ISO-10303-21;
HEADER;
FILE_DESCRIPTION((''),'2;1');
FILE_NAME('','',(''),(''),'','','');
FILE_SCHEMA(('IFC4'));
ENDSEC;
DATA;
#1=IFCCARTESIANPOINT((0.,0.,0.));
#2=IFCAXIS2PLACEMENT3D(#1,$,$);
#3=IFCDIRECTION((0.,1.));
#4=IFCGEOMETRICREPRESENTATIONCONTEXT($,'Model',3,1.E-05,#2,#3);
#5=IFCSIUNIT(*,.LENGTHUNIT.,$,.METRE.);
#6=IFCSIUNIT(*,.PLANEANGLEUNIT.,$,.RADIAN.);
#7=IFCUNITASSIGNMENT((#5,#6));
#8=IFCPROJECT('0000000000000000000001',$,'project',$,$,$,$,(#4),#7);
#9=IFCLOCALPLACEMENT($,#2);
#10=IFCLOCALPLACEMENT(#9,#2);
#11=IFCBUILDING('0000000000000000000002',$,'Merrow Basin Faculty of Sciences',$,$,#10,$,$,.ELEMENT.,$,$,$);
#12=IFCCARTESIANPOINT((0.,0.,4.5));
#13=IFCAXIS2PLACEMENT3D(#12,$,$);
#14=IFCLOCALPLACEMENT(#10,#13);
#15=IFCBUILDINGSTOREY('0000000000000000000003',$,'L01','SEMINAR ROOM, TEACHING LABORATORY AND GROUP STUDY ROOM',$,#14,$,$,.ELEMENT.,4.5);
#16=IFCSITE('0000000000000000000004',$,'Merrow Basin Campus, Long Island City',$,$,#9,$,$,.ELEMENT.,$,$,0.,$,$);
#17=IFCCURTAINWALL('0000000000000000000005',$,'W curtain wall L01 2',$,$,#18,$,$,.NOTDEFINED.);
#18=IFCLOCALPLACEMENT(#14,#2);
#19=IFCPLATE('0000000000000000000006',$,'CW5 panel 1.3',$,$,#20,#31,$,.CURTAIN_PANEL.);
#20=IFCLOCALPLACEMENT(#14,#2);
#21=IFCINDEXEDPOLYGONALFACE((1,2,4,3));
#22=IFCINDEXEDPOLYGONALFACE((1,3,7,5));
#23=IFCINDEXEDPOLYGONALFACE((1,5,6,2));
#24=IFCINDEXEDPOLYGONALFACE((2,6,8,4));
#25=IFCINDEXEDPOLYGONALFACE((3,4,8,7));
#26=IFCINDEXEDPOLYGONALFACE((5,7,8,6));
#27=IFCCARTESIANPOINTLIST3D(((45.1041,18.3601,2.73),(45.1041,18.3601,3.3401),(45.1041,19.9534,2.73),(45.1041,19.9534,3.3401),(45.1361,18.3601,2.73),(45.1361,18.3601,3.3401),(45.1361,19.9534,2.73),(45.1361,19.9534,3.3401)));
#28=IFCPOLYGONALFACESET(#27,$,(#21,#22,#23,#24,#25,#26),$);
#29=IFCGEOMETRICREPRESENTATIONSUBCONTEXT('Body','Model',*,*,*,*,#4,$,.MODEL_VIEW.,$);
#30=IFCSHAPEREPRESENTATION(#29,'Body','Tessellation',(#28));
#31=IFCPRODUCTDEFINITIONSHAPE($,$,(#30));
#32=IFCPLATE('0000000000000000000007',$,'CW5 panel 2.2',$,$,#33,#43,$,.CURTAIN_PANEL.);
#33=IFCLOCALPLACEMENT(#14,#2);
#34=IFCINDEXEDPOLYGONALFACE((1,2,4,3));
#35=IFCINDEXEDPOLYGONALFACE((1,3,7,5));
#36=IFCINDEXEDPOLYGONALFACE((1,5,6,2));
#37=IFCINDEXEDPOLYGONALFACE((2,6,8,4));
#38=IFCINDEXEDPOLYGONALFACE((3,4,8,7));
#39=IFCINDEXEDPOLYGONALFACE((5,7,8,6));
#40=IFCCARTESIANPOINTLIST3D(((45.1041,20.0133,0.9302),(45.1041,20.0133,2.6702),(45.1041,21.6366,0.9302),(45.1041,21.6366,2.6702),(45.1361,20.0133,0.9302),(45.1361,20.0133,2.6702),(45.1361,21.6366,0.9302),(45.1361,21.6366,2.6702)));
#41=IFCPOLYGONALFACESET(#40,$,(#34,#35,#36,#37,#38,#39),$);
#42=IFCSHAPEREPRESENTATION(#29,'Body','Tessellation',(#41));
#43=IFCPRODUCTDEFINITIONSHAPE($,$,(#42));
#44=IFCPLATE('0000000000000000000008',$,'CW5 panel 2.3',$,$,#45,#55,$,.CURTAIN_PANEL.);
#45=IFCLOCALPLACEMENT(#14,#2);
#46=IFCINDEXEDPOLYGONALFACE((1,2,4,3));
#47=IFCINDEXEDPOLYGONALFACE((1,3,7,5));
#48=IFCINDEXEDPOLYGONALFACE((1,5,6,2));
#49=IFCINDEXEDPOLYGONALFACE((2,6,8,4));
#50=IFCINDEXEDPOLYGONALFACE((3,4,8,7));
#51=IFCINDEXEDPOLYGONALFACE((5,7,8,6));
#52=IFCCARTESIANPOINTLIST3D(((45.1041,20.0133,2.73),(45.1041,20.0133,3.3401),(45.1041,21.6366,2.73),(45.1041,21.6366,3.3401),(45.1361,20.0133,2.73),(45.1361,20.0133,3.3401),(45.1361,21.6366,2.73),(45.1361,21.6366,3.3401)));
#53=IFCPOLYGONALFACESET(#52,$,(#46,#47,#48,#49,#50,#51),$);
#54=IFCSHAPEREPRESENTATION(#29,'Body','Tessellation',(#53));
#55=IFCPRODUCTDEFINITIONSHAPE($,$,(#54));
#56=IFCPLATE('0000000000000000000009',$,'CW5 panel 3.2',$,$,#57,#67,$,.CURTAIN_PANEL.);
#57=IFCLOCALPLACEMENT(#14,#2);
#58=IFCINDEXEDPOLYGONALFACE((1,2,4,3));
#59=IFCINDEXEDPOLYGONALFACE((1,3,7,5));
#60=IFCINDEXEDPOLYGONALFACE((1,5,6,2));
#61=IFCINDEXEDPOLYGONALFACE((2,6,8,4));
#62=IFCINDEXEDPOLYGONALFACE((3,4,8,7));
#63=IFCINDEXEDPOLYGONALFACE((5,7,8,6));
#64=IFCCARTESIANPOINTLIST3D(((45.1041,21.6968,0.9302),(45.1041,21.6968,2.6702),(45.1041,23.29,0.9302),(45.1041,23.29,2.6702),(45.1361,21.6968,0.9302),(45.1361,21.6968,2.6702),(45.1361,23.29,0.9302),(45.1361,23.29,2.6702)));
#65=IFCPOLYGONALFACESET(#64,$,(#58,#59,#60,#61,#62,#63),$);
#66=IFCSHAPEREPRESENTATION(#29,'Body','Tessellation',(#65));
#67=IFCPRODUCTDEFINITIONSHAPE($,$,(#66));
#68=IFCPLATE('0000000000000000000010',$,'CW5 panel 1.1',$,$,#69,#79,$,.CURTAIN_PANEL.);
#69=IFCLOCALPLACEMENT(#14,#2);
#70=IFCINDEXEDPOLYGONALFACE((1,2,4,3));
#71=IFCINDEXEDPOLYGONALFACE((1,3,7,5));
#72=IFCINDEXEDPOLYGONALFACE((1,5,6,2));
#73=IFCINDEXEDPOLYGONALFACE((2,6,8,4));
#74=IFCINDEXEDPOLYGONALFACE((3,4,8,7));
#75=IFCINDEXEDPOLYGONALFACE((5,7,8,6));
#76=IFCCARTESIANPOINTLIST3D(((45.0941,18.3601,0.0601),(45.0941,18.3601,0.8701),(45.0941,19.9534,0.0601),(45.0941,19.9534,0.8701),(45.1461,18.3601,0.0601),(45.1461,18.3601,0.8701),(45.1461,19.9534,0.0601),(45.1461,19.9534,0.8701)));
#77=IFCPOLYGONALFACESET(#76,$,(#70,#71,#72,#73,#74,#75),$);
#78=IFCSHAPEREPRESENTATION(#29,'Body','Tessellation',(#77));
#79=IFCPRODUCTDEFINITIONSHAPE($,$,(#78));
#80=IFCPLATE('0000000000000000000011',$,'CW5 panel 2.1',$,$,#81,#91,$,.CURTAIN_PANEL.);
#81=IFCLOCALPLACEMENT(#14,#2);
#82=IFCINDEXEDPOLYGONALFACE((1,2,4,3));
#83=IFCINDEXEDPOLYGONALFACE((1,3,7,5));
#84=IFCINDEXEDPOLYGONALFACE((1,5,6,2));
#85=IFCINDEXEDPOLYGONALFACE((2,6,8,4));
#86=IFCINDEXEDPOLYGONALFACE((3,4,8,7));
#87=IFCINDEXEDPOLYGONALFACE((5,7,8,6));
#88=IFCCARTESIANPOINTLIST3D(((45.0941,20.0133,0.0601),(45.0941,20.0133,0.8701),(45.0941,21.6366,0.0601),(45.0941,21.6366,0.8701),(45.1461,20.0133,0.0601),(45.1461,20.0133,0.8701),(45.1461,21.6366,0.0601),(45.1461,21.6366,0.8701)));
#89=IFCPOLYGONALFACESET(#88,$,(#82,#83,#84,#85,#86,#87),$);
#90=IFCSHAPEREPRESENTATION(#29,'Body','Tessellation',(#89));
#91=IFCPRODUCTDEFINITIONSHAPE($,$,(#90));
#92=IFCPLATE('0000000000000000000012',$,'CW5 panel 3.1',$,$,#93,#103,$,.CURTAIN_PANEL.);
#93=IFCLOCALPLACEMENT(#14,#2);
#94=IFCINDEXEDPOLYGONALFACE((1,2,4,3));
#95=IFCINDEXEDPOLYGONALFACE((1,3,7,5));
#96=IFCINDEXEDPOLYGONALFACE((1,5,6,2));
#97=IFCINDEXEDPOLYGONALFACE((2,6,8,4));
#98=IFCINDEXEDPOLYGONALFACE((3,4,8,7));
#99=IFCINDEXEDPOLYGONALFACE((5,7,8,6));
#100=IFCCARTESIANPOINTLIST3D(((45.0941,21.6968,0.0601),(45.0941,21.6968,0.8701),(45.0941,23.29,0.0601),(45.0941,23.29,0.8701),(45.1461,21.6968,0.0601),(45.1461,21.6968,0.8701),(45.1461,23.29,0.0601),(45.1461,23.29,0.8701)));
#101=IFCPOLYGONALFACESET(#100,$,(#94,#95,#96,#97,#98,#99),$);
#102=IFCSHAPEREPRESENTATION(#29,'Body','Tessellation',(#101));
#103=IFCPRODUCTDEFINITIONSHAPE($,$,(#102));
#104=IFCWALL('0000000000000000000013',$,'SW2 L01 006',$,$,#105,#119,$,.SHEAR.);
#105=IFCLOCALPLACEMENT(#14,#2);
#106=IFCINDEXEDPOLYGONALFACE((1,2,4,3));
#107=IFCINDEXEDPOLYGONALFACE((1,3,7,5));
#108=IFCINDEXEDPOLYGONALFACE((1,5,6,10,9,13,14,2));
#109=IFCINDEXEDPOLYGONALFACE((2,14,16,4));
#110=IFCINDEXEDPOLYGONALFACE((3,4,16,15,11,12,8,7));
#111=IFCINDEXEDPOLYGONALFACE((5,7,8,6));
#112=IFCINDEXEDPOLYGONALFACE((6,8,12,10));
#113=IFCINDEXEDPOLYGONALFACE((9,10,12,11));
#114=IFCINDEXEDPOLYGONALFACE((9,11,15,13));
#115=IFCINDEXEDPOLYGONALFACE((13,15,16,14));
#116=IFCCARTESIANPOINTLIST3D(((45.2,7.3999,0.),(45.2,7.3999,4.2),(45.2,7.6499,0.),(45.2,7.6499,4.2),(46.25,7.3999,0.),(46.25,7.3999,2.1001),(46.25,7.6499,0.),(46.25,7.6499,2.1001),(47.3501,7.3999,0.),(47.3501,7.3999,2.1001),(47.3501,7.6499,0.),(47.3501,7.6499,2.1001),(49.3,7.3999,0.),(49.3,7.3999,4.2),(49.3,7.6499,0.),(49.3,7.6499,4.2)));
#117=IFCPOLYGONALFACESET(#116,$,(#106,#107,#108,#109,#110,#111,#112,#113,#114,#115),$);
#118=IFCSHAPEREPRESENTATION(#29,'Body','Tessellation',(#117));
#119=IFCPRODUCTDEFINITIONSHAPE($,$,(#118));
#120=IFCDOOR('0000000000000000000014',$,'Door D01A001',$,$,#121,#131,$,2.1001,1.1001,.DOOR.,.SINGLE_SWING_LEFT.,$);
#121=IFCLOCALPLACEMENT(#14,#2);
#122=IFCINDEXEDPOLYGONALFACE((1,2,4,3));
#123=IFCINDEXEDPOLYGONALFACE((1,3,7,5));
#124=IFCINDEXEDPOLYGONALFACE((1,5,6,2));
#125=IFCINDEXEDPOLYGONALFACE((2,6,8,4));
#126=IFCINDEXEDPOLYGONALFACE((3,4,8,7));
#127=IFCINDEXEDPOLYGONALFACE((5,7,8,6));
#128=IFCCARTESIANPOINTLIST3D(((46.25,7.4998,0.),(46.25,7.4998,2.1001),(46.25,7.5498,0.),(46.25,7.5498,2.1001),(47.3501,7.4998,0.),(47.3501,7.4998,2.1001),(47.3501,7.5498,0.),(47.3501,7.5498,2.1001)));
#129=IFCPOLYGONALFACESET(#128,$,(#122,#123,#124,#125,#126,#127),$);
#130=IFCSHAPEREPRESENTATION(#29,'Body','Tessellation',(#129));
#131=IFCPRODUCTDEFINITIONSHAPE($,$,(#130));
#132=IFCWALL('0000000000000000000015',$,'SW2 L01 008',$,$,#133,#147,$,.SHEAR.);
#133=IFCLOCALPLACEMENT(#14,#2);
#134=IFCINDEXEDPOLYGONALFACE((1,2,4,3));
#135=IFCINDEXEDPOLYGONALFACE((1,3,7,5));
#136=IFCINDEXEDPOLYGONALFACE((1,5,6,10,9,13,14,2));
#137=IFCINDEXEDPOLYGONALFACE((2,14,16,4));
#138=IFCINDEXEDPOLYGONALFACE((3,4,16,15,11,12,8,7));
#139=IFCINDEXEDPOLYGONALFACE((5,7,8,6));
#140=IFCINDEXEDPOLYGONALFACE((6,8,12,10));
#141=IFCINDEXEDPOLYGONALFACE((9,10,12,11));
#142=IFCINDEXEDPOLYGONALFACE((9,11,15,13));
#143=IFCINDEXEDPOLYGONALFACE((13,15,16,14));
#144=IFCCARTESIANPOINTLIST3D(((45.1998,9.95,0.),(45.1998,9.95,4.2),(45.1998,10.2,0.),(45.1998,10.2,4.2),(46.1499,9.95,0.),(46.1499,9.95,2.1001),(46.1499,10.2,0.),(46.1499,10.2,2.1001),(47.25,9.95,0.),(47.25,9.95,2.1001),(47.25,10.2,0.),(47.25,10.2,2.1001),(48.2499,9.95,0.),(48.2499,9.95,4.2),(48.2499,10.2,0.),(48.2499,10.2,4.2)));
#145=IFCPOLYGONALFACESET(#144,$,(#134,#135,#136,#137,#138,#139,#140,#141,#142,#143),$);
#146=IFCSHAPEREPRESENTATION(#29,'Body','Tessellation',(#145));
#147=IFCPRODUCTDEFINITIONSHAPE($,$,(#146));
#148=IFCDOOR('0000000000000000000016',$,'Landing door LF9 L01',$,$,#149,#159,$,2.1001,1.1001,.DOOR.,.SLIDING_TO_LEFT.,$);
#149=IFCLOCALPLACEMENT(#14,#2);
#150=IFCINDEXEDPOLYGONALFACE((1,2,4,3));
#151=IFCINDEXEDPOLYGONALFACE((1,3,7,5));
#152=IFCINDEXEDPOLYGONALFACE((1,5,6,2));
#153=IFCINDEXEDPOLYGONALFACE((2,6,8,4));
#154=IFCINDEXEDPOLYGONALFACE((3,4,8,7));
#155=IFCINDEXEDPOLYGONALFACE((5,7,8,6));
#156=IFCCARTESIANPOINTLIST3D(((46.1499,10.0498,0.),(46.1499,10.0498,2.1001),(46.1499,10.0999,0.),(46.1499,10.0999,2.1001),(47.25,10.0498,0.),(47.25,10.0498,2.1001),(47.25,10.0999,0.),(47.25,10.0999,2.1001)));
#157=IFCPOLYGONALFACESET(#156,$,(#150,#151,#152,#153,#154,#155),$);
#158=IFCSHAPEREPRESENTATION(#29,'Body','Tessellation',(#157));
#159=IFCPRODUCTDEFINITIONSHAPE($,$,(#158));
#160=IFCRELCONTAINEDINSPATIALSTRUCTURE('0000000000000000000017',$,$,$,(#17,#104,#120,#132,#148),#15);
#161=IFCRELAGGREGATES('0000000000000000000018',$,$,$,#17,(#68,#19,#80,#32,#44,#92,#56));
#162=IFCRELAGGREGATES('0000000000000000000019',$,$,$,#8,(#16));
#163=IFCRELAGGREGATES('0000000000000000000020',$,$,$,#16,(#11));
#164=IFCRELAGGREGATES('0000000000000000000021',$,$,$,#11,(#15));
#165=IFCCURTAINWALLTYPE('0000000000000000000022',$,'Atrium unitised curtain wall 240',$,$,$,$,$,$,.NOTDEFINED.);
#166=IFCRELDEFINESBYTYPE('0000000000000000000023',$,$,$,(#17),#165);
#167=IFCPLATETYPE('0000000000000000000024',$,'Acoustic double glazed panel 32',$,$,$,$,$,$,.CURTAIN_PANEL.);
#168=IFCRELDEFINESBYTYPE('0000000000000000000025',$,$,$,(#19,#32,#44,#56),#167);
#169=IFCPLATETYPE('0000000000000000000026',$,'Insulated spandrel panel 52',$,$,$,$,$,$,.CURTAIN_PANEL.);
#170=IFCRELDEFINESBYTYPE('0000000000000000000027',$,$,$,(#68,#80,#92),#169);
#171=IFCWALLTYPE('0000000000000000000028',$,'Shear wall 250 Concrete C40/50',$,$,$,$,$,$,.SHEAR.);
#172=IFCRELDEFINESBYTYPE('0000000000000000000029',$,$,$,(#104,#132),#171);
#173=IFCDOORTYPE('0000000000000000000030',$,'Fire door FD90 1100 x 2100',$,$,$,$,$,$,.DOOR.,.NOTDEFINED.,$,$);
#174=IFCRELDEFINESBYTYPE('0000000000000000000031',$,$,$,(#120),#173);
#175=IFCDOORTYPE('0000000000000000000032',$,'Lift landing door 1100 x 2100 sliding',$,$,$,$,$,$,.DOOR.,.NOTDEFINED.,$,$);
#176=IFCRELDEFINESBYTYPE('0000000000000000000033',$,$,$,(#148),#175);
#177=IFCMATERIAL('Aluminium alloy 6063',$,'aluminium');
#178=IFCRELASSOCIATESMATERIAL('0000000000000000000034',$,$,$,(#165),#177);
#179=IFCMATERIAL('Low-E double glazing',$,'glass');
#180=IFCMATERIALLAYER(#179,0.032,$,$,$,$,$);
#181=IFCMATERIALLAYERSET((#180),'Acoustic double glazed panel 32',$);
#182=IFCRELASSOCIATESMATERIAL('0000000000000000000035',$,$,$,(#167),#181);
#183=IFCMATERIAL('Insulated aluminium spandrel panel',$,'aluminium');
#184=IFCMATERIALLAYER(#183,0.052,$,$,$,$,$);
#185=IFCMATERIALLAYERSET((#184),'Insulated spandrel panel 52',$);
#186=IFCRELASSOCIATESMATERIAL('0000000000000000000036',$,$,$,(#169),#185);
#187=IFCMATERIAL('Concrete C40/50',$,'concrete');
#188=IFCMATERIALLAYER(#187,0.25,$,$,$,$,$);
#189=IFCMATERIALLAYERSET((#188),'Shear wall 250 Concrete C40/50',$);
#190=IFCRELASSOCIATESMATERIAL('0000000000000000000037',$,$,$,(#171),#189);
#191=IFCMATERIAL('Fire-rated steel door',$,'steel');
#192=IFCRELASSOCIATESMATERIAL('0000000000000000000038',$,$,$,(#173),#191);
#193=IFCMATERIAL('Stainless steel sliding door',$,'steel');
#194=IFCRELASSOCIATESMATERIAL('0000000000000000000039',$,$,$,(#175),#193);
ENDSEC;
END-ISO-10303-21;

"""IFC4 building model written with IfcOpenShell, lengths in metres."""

from ifc_helpers import new_model, si_unit, direction, frame, frame_2d, origin, origin_2d, place, context, subcontext, project, spatial, rectangle, extrude, material, layer, layer_set, type_object, element, fill, aggregate, save


model = new_model("IFC4")

# Units and contexts
model_context = context("Model", 3, precision=1e-05, world=origin(), true_north=direction((0.0, 1.0)))
body_context = subcontext(model_context, "Body", "Model", "MODEL_VIEW")
ifc_project = project(units=[si_unit("LENGTHUNIT", "METRE"), si_unit("PLANEANGLEUNIT", "RADIAN")], contexts=[model_context])

# Site, building, storey
site_placement = place(None, origin())
site = spatial("IfcSite", under=ifc_project, at=site_placement, Name="Merrow Basin Campus, Long Island City", CompositionType="ELEMENT", RefElevation=0.0)
building_placement = place(site_placement, origin())
building = spatial("IfcBuilding", under=site, at=building_placement, Name="Merrow Basin Faculty of Sciences", CompositionType="ELEMENT")
storey_placement = place(building_placement, frame((0.0, 0.0, 4.5)))
storey = spatial("IfcBuildingStorey", under=building, at=storey_placement, Name="L01", Description="SEMINAR ROOM, TEACHING LABORATORY AND GROUP STUDY ROOM", CompositionType="ELEMENT", Elevation=4.5)

# Curtain wall
ifc_material_1 = material(Name="Aluminium alloy 6063", Category="aluminium")
curtain_wall_type = type_object("IfcCurtainWallType", Name="Atrium unitised curtain wall 240", PredefinedType="NOTDEFINED", material=ifc_material_1)
curtain_wall_placement = place(storey_placement, origin())
curtain_wall = element("IfcCurtainWall", 1, at=curtain_wall_placement, inside=storey, type_object=curtain_wall_type, Name="W curtain wall L01 2", PredefinedType="NOTDEFINED")

# Plates
ifc_material_2 = material(Name="Low-E double glazing", Category="glass")
ifc_layer_1 = layer(ifc_material_2, 0.032)
ifc_layer_set_1 = layer_set([ifc_layer_1], Name="Acoustic double glazed panel 32")
plate_type_1 = type_object("IfcPlateType", Name="Acoustic double glazed panel 32", PredefinedType="CURTAIN_PANEL", material=ifc_layer_set_1)
plate_1_placement = place(storey_placement, frame((45.1201, 19.1567, 2.73), z_axis=(0.0, 0.0, 1.0), x_axis=(0.0, 1.0, 0.0)))
plate_1 = element("IfcPlate", 2, at=plate_1_placement, type_object=plate_type_1, Name="CW5 panel 1.3", PredefinedType="CURTAIN_PANEL", context=body_context, shape_type="SweptSolid", body=[
    extrude(rectangle(XDim=1.5933, YDim=0.032, at=origin_2d()), origin(), (0.0, 0.0, 1.0), 0.6101),
])
plate_2_placement = place(storey_placement, frame((45.1201, 20.825, 0.9302), z_axis=(0.0, 0.0, 1.0), x_axis=(0.0, 1.0, 0.0)))
plate_2 = element("IfcPlate", 3, at=plate_2_placement, type_object=plate_type_1, Name="CW5 panel 2.2", PredefinedType="CURTAIN_PANEL", context=body_context, shape_type="SweptSolid", body=[
    extrude(rectangle(XDim=1.6233, YDim=0.032, at=origin_2d()), origin(), (0.0, 0.0, 1.0), 1.74),
])
plate_3_placement = place(storey_placement, frame((45.1201, 20.825, 2.73), z_axis=(0.0, 0.0, 1.0), x_axis=(0.0, 1.0, 0.0)))
plate_3 = element("IfcPlate", 4, at=plate_3_placement, type_object=plate_type_1, Name="CW5 panel 2.3", PredefinedType="CURTAIN_PANEL", context=body_context, shape_type="SweptSolid", body=[
    extrude(rectangle(XDim=1.6233, YDim=0.032, at=origin_2d()), origin(), (0.0, 0.0, 1.0), 0.6101),
])
plate_4_placement = place(storey_placement, frame((45.1201, 22.4934, 0.9302), z_axis=(0.0, 0.0, 1.0), x_axis=(0.0, 1.0, 0.0)))
plate_4 = element("IfcPlate", 5, at=plate_4_placement, type_object=plate_type_1, Name="CW5 panel 3.2", PredefinedType="CURTAIN_PANEL", context=body_context, shape_type="SweptSolid", body=[
    extrude(rectangle(XDim=1.5933, YDim=0.032, at=origin_2d()), origin(), (0.0, 0.0, 1.0), 1.74),
])
ifc_material_3 = material(Name="Insulated aluminium spandrel panel", Category="aluminium")
ifc_layer_2 = layer(ifc_material_3, 0.052)
ifc_layer_set_2 = layer_set([ifc_layer_2], Name="Insulated spandrel panel 52")
plate_type_2 = type_object("IfcPlateType", Name="Insulated spandrel panel 52", PredefinedType="CURTAIN_PANEL", material=ifc_layer_set_2)
plate_5_placement = place(storey_placement, frame((45.1201, 19.1567, 0.0601), z_axis=(0.0, 0.0, 1.0), x_axis=(0.0, 1.0, 0.0)))
plate_5 = element("IfcPlate", 6, at=plate_5_placement, type_object=plate_type_2, Name="CW5 panel 1.1", PredefinedType="CURTAIN_PANEL", context=body_context, shape_type="SweptSolid", body=[
    extrude(rectangle(XDim=1.5933, YDim=0.052, at=origin_2d()), origin(), (0.0, 0.0, 1.0), 0.8101),
])
plate_6_placement = place(storey_placement, frame((45.1201, 20.825, 0.0601), z_axis=(0.0, 0.0, 1.0), x_axis=(0.0, 1.0, 0.0)))
plate_6 = element("IfcPlate", 7, at=plate_6_placement, type_object=plate_type_2, Name="CW5 panel 2.1", PredefinedType="CURTAIN_PANEL", context=body_context, shape_type="SweptSolid", body=[
    extrude(rectangle(XDim=1.6233, YDim=0.052, at=origin_2d()), origin(), (0.0, 0.0, 1.0), 0.8101),
])
plate_7_placement = place(storey_placement, frame((45.1201, 22.4934, 0.0601), z_axis=(0.0, 0.0, 1.0), x_axis=(0.0, 1.0, 0.0)))
plate_7 = element("IfcPlate", 8, at=plate_7_placement, type_object=plate_type_2, Name="CW5 panel 3.1", PredefinedType="CURTAIN_PANEL", context=body_context, shape_type="SweptSolid", body=[
    extrude(rectangle(XDim=1.5933, YDim=0.052, at=origin_2d()), origin(), (0.0, 0.0, 1.0), 0.8101),
])
aggregate(curtain_wall, [plate_5, plate_1, plate_6, plate_2, plate_3, plate_7, plate_4])

# Walls, openings, doors
ifc_material_4 = material(Name="Concrete C40/50", Category="concrete")
ifc_layer_3 = layer(ifc_material_4, 0.25)
ifc_layer_set_3 = layer_set([ifc_layer_3], Name="Shear wall 250 Concrete C40/50")
wall_type = type_object("IfcWallType", Name="Shear wall 250 Concrete C40/50", PredefinedType="SHEAR", material=ifc_layer_set_3)
wall_1_placement = place(storey_placement, frame((45.2, 7.5249, 0.0), z_axis=(0.0, 0.0, 1.0), x_axis=(1.0, 0.0, 0.0)))
wall_1 = element("IfcWall", 9, at=wall_1_placement, inside=storey, type_object=wall_type, Name="SW2 L01 006", PredefinedType="SHEAR", context=body_context, shape_type="SweptSolid", body=[
    extrude(rectangle(XDim=4.1001, YDim=0.25, at=frame_2d((2.05, 0.0))), origin(), (0.0, 0.0, 1.0), 4.2),
])
opening_1_placement = place(wall_1_placement, frame((1.05, 0.0, 0.0)))
opening_1 = element("IfcOpeningElement", 10, at=opening_1_placement, cuts=wall_1, PredefinedType="OPENING", context=body_context, shape_type="SweptSolid", body=[
    extrude(rectangle(XDim=1.1001, YDim=2.1001, at=frame_2d((0.55, 1.05))), frame((0.0, 0.135, 0.0), z_axis=(0.0, -1.0, 0.0), x_axis=(1.0, 0.0, 0.0)), (0.0, 0.0, 1.0), 0.27),
])
ifc_material_5 = material(Name="Fire-rated steel door", Category="steel")
door_type_1 = type_object("IfcDoorType", Name="Fire door FD90 1100 x 2100", OperationType="NOTDEFINED", PredefinedType="DOOR", material=ifc_material_5)
door_1_placement = place(opening_1_placement, origin())
door_1 = element("IfcDoor", 11, at=door_1_placement, inside=storey, type_object=door_type_1, Name="Door D01A001", OperationType="SINGLE_SWING_LEFT", OverallHeight=2.1001, OverallWidth=1.1001, PredefinedType="DOOR", context=body_context, shape_type="SweptSolid", body=[
    extrude(rectangle(XDim=1.1001, YDim=2.1001, at=frame_2d((0.55, 1.05))), frame((0.0, 0.0249, 0.0), z_axis=(0.0, -1.0, 0.0), x_axis=(1.0, 0.0, 0.0)), (0.0, 0.0, 1.0), 0.05),
])
fill(opening_1, door_1)
wall_2_placement = place(storey_placement, frame((45.2, 10.075, 0.0), z_axis=(0.0, 0.0, 1.0), x_axis=(1.0, 0.0, 0.0)))
wall_2 = element("IfcWall", 12, at=wall_2_placement, inside=storey, type_object=wall_type, Name="SW2 L01 008", PredefinedType="SHEAR", context=body_context, shape_type="SweptSolid", body=[
    extrude(rectangle(XDim=3.05, YDim=0.25, at=frame_2d((1.5249, 0.0))), origin(), (0.0, 0.0, 1.0), 4.2),
])
opening_2_placement = place(wall_2_placement, frame((0.95, 0.0, 0.0)))
opening_2 = element("IfcOpeningElement", 13, at=opening_2_placement, cuts=wall_2, PredefinedType="OPENING", context=body_context, shape_type="SweptSolid", body=[
    extrude(rectangle(XDim=1.1001, YDim=2.1001, at=frame_2d((0.55, 1.05))), frame((0.0, 0.135, 0.0), z_axis=(0.0, -1.0, 0.0), x_axis=(1.0, 0.0, 0.0)), (0.0, 0.0, 1.0), 0.27),
])
ifc_material_6 = material(Name="Stainless steel sliding door", Category="steel")
door_type_2 = type_object("IfcDoorType", Name="Lift landing door 1100 x 2100 sliding", OperationType="NOTDEFINED", PredefinedType="DOOR", material=ifc_material_6)
door_2_placement = place(opening_2_placement, origin())
door_2 = element("IfcDoor", 14, at=door_2_placement, inside=storey, type_object=door_type_2, Name="Landing door LF9 L01", OperationType="SLIDING_TO_LEFT", OverallHeight=2.1001, OverallWidth=1.1001, PredefinedType="DOOR", context=body_context, shape_type="SweptSolid", body=[
    extrude(rectangle(XDim=1.1001, YDim=2.1001, at=frame_2d((0.55, 1.05))), frame((0.0, 0.0249, 0.0), z_axis=(0.0, -1.0, 0.0), x_axis=(1.0, 0.0, 0.0)), (0.0, 0.0, 1.0), 0.05),
])
fill(opening_2, door_2)

save(model, "model.ifc")
